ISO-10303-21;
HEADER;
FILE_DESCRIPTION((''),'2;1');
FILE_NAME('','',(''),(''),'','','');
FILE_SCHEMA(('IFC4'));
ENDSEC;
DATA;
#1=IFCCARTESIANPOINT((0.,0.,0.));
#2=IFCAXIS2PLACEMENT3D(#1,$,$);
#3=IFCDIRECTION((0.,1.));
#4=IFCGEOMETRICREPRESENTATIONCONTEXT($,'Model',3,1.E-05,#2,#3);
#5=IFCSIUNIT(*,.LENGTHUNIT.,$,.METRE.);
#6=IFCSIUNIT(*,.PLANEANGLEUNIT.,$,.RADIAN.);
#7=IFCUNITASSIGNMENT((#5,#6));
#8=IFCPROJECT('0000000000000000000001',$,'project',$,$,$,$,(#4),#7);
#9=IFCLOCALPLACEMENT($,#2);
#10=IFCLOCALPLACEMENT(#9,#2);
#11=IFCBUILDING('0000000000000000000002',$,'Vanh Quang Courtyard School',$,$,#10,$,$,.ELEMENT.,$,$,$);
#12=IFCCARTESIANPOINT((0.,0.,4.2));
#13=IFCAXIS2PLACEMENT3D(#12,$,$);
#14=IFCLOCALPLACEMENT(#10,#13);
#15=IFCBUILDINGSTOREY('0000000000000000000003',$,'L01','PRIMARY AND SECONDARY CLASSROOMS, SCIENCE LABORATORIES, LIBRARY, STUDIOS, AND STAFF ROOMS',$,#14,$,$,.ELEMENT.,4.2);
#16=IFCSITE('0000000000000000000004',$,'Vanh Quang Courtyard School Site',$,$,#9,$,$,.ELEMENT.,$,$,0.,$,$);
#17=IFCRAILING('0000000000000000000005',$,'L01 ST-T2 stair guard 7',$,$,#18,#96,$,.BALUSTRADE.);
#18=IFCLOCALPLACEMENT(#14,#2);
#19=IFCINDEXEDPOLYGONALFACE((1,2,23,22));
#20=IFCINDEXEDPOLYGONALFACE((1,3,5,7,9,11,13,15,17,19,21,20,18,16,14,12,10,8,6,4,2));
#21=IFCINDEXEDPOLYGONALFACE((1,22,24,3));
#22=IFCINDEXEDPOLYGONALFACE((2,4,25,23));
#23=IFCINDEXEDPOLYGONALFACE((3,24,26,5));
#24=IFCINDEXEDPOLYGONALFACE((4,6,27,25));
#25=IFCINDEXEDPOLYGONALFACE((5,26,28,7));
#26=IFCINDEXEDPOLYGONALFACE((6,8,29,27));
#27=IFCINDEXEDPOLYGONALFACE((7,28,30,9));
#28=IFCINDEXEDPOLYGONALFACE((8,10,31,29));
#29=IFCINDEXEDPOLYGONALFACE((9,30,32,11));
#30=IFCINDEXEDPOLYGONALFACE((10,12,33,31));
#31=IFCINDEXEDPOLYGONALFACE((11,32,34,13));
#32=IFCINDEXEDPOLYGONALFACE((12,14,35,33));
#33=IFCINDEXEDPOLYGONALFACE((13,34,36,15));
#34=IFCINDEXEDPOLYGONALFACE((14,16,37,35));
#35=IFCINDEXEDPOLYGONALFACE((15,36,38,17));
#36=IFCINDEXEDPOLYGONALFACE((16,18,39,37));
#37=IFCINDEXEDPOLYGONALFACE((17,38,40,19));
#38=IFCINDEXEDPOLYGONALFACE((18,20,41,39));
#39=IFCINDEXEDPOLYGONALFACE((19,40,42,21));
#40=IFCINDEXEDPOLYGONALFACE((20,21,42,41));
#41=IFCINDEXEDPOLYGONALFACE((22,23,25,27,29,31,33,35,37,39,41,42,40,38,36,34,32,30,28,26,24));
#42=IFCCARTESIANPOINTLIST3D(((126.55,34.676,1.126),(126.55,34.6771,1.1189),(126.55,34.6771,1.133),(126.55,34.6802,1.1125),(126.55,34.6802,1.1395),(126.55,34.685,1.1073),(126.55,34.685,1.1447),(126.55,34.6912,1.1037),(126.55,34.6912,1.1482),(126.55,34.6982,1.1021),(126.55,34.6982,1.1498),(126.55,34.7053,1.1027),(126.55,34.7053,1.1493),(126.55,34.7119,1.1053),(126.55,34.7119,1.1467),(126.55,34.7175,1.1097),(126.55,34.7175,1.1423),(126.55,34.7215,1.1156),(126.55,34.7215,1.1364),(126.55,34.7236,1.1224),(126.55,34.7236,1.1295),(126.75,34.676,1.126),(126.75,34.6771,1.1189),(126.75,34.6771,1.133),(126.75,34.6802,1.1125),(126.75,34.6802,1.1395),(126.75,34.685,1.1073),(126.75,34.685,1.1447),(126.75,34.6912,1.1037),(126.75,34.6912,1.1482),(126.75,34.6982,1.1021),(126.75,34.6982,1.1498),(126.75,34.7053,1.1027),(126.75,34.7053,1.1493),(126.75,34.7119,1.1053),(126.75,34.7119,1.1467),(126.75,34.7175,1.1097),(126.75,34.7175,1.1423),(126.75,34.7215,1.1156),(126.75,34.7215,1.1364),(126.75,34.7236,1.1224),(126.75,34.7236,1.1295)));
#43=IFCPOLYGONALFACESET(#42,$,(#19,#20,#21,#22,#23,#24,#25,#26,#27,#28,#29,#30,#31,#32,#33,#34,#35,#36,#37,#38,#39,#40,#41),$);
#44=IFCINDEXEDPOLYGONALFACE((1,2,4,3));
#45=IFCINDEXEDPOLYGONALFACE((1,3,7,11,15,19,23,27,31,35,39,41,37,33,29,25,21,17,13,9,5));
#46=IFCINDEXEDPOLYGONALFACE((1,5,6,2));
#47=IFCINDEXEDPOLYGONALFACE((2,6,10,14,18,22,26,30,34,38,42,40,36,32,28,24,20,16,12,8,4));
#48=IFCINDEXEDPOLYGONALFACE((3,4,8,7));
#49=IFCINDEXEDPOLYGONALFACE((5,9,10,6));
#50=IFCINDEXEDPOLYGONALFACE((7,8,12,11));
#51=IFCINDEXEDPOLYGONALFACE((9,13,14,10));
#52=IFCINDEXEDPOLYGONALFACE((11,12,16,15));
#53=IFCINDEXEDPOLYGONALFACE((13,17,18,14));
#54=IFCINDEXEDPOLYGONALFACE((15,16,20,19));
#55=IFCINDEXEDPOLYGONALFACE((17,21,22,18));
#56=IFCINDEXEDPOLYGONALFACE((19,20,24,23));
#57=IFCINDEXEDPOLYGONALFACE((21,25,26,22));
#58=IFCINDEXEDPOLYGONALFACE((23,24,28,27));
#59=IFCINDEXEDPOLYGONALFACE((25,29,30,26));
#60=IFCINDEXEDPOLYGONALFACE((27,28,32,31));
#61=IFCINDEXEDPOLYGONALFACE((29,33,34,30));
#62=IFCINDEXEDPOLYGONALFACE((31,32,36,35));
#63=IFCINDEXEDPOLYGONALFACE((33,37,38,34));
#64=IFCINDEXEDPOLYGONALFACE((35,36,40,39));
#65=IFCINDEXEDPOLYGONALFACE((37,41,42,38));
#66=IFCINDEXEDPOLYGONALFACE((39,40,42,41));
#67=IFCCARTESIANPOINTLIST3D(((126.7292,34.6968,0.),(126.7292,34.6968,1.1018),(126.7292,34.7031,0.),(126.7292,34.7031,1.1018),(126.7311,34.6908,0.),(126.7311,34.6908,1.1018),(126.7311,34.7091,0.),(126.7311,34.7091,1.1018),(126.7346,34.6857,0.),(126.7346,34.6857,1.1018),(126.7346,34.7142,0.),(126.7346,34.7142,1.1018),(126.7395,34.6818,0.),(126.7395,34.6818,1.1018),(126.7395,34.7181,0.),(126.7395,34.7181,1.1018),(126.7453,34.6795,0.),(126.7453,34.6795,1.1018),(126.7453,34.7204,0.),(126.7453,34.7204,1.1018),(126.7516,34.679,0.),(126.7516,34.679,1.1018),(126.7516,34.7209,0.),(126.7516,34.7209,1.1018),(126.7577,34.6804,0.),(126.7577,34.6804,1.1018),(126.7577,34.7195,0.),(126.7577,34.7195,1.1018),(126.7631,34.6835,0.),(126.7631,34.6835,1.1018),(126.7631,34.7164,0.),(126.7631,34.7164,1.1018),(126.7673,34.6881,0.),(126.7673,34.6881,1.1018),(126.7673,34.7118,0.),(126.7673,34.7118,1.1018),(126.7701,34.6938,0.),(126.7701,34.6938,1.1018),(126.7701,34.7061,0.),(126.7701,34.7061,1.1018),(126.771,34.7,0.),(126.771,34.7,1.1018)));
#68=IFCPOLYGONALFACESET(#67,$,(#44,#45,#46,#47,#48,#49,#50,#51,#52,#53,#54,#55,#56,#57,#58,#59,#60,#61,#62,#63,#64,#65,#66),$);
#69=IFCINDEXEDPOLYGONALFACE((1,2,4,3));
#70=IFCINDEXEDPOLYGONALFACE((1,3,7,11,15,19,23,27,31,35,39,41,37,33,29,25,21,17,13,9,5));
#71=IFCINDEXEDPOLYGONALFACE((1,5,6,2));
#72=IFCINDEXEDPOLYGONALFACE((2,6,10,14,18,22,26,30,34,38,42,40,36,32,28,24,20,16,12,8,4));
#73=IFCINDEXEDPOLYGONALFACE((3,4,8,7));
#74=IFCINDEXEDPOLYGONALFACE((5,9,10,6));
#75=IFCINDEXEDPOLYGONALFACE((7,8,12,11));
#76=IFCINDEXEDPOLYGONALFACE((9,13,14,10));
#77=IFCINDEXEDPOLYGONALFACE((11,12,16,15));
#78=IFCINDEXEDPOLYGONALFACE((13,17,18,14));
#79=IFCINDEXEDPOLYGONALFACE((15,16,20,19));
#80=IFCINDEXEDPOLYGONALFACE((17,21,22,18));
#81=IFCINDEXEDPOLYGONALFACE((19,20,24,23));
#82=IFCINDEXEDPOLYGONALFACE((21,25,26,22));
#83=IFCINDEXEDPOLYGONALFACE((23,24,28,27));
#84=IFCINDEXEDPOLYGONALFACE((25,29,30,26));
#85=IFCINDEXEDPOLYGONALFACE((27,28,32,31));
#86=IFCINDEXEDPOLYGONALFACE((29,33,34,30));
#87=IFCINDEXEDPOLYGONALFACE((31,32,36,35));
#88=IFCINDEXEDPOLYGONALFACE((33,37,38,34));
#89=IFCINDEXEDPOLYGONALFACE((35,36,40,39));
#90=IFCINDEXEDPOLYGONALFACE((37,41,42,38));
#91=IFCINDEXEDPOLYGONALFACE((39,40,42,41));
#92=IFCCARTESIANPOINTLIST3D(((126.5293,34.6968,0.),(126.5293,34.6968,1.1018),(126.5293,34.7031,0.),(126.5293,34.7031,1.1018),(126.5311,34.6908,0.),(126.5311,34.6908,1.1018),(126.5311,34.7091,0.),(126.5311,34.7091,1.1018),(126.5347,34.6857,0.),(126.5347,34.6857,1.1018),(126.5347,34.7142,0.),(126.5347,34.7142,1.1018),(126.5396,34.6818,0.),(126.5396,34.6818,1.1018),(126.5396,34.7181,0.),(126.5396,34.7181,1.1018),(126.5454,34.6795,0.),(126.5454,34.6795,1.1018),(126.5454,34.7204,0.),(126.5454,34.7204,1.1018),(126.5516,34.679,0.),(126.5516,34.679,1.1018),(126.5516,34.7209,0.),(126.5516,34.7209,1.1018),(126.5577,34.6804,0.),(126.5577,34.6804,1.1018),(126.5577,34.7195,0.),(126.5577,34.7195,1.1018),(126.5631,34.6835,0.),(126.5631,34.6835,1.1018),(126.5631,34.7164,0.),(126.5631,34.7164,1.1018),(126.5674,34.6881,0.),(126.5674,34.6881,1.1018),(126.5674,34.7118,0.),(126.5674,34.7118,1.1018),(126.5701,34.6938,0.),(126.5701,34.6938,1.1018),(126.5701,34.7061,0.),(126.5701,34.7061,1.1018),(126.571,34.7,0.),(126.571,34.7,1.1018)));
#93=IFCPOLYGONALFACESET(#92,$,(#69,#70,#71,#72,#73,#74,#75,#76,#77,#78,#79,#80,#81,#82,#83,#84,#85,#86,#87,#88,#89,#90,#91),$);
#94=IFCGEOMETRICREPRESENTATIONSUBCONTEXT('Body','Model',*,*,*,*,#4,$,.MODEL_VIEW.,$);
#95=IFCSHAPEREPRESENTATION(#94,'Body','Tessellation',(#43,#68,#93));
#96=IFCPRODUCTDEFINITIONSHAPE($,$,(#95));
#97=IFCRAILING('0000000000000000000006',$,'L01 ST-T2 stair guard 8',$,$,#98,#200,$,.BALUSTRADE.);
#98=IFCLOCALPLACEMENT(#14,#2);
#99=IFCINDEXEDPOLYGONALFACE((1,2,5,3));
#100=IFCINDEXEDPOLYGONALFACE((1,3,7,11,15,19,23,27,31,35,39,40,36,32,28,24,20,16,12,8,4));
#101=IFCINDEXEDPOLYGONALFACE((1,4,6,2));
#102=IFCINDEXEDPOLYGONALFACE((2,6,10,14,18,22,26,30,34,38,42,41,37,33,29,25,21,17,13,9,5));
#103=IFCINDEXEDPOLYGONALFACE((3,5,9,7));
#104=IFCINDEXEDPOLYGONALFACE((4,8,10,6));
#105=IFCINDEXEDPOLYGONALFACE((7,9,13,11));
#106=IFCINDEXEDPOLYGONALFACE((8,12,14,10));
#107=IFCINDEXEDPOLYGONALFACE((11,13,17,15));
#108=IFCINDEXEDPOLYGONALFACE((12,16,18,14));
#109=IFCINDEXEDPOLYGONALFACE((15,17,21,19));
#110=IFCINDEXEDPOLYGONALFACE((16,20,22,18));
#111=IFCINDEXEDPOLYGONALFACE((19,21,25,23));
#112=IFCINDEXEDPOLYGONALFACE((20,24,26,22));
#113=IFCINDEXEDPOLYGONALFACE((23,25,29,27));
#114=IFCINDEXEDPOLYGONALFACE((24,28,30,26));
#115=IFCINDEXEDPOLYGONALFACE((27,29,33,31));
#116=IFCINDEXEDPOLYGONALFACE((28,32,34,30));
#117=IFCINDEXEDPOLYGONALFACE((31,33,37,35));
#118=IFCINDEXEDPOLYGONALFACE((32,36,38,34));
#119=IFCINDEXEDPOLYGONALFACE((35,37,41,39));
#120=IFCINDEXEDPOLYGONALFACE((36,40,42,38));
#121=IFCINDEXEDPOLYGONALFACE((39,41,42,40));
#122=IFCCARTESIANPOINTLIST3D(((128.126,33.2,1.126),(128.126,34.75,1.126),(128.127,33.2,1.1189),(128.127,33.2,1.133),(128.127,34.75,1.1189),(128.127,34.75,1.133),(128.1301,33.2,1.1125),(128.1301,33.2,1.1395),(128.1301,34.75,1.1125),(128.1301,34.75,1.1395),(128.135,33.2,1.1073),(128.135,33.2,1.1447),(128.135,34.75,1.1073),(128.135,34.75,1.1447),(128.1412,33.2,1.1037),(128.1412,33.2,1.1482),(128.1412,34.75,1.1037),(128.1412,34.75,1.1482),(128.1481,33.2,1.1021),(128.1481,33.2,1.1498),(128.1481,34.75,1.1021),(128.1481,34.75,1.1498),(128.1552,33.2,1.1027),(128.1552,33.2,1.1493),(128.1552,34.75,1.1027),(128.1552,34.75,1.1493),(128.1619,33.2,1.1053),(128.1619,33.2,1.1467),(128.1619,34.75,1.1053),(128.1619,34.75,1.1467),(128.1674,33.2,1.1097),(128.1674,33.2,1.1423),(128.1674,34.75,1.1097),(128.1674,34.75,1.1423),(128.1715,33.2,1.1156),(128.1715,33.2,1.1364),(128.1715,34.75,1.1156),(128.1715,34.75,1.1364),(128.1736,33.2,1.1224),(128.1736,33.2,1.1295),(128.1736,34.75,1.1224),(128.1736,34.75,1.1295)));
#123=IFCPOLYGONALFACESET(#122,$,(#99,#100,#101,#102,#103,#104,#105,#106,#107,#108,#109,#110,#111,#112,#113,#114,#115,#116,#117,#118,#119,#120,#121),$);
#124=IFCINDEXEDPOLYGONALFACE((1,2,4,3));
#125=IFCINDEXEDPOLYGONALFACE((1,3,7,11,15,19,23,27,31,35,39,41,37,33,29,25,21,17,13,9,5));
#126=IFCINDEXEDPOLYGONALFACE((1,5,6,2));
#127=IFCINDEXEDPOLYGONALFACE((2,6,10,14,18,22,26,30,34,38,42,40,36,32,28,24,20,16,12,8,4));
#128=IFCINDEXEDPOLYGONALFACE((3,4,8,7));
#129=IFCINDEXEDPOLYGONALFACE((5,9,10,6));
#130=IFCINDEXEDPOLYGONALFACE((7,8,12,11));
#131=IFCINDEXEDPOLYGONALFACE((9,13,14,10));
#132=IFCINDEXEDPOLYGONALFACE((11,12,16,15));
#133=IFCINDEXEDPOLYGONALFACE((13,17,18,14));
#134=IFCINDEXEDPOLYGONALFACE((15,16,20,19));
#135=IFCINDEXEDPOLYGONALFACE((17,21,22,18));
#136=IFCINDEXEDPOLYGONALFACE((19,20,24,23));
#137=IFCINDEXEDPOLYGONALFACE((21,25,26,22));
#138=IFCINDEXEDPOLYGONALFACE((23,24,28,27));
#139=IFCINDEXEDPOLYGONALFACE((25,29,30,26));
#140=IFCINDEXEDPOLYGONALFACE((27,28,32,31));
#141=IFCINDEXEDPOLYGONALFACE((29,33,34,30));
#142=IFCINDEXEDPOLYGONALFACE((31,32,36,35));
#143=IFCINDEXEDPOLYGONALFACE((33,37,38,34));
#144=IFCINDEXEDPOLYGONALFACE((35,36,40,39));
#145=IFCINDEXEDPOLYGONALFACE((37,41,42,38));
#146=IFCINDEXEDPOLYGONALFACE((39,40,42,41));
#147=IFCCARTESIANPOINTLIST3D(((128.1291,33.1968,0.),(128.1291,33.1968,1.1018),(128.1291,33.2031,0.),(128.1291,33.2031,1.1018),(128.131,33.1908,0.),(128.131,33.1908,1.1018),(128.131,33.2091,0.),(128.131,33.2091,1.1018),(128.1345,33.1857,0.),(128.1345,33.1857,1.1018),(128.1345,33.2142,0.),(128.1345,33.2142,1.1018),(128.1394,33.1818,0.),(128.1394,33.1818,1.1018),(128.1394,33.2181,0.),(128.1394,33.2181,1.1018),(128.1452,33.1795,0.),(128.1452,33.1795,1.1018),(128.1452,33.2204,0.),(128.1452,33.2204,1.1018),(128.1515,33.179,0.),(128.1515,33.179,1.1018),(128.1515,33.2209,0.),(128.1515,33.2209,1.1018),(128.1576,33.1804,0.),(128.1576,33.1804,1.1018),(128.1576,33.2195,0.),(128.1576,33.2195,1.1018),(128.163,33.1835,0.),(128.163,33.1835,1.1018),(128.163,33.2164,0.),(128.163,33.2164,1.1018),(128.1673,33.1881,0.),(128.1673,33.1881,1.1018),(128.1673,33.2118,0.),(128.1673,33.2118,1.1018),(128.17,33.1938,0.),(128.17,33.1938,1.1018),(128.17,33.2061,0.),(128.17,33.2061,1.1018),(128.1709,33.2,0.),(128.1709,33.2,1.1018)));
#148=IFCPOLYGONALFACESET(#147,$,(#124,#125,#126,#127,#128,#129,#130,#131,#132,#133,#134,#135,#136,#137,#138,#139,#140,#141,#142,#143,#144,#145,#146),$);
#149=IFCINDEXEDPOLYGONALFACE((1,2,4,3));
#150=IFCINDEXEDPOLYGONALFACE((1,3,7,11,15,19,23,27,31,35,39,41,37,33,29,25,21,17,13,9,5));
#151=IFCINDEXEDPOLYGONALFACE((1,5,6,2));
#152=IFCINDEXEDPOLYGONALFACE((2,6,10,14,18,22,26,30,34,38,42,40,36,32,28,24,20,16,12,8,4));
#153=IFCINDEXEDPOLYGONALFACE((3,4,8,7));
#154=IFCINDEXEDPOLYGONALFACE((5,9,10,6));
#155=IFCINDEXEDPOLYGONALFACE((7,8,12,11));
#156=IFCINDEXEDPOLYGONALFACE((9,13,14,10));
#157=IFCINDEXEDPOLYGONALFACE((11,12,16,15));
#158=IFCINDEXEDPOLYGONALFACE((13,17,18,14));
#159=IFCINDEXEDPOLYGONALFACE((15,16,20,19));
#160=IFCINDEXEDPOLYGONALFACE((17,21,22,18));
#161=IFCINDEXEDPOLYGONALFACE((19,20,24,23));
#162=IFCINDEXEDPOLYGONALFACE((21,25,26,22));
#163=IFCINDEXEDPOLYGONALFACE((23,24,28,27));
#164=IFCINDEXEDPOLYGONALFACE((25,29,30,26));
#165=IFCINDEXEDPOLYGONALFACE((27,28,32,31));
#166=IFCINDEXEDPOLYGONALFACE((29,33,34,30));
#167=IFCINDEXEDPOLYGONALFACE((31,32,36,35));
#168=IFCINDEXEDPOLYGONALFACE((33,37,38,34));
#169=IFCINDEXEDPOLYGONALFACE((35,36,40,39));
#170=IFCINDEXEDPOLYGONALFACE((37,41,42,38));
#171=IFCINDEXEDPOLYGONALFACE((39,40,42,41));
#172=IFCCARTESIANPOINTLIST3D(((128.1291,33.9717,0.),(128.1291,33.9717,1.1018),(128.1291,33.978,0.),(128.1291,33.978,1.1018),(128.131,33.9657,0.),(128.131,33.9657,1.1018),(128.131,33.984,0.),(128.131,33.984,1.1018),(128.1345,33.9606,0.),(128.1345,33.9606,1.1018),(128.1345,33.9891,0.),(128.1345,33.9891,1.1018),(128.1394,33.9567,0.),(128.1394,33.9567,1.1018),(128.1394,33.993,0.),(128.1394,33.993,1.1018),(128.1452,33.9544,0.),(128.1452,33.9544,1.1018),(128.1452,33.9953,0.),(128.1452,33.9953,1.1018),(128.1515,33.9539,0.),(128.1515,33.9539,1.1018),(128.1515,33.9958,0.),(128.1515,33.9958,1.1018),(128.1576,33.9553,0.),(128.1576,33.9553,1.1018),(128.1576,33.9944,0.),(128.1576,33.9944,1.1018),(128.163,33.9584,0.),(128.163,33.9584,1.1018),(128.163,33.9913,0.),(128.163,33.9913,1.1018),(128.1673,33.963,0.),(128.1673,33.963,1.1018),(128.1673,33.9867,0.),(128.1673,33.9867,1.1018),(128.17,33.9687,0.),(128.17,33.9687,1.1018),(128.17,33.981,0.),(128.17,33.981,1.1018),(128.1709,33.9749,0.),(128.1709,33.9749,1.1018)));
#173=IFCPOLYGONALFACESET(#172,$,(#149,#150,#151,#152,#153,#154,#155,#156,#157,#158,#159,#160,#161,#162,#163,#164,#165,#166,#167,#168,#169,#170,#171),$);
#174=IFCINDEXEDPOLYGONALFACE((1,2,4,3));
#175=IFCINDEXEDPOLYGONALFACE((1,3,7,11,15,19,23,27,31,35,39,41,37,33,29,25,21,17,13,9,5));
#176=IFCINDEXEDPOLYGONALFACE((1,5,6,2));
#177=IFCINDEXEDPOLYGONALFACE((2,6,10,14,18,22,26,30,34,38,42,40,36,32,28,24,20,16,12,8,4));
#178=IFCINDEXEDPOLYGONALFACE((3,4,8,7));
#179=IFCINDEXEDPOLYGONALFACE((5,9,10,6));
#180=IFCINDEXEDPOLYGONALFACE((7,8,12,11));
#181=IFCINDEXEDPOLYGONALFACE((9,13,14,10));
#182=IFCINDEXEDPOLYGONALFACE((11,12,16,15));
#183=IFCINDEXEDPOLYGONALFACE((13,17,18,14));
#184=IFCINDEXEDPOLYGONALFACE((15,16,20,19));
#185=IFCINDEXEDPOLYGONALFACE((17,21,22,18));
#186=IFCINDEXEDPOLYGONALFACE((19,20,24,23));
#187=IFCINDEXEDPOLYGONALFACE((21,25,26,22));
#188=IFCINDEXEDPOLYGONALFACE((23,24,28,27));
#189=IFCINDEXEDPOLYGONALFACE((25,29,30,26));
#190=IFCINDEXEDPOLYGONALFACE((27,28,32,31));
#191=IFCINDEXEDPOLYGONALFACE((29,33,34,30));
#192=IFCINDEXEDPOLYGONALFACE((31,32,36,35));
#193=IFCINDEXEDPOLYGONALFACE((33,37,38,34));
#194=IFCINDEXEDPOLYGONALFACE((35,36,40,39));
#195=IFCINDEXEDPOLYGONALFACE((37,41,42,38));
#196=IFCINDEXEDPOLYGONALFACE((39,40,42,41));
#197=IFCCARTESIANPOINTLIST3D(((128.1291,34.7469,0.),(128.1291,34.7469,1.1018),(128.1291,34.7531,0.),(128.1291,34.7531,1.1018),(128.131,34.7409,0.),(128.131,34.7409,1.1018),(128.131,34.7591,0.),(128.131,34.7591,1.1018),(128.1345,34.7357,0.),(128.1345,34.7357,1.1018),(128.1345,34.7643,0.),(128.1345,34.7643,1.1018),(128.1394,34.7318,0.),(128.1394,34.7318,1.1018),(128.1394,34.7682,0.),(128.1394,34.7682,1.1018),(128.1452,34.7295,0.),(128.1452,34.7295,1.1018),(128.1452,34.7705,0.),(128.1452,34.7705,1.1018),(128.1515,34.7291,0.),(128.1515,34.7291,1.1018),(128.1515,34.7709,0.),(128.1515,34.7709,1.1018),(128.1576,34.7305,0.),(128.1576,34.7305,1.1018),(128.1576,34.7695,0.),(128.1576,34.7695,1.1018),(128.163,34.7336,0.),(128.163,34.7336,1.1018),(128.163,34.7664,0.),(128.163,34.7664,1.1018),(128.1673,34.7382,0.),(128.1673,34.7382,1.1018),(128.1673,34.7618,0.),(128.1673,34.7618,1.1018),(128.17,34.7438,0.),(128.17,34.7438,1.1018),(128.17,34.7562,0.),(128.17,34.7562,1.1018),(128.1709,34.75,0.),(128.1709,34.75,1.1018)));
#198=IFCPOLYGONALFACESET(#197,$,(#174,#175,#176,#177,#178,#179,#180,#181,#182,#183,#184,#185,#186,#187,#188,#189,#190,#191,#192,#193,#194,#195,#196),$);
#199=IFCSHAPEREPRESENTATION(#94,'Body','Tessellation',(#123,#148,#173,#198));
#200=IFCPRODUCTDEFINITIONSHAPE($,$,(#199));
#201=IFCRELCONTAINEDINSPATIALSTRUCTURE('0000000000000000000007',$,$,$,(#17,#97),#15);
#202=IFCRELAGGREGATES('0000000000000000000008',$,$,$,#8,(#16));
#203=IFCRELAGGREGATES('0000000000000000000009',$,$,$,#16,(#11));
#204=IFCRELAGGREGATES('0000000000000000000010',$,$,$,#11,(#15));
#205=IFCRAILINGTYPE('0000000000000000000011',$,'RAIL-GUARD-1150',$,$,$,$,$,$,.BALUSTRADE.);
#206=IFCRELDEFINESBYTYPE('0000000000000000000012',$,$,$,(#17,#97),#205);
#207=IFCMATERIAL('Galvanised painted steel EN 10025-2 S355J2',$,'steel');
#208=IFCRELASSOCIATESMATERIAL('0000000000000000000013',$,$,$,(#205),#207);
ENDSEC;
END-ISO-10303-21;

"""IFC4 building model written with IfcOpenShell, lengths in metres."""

from ifc_helpers import new_model, si_unit, direction, frame, origin, origin_2d, place, context, subcontext, project, spatial, circle, extrude, material, type_object, element, save


model = new_model("IFC4")

# Units and contexts
model_context = context("Model", 3, precision=1e-05, world=origin(), true_north=direction((0.0, 1.0)))
body_context = subcontext(model_context, "Body", "Model", "MODEL_VIEW")
ifc_project = project(units=[si_unit("LENGTHUNIT", "METRE"), si_unit("PLANEANGLEUNIT", "RADIAN")], contexts=[model_context])

# Site, building, storey
site_placement = place(None, origin())
site = spatial("IfcSite", under=ifc_project, at=site_placement, Name="Vanh Quang Courtyard School Site", CompositionType="ELEMENT", RefElevation=0.0)
building_placement = place(site_placement, origin())
building = spatial("IfcBuilding", under=site, at=building_placement, Name="Vanh Quang Courtyard School", CompositionType="ELEMENT")
storey_placement = place(building_placement, frame((0.0, 0.0, 4.2)))
storey = spatial("IfcBuildingStorey", under=building, at=storey_placement, Name="L01", Description="PRIMARY AND SECONDARY CLASSROOMS, SCIENCE LABORATORIES, LIBRARY, STUDIOS, AND STAFF ROOMS", CompositionType="ELEMENT", Elevation=4.2)

# Railings
ifc_material_1 = material(Name="Galvanised painted steel EN 10025-2 S355J2", Category="steel")
railing_type_1 = type_object("IfcRailingType", Name="RAIL-GUARD-1150", PredefinedType="BALUSTRADE", material=ifc_material_1)
railing_1_placement = place(storey_placement, frame((126.75, 34.7, 0.0)))
element("IfcRailing", 1, at=railing_1_placement, inside=storey, type_object=railing_type_1, Name="L01 ST-T2 stair guard 7", PredefinedType="BALUSTRADE", context=body_context, shape_type="SweptSolid", body=[
    extrude(circle(Radius=0.0239, at=origin_2d()), frame((0.0, 0.0, 1.126), z_axis=(-1.0, 0.0, 0.0), x_axis=(0.0, -1.0, 0.0)), (0.0, 0.0, 1.0), 0.2),
    extrude(circle(Radius=0.021, at=origin_2d()), origin(), (0.0, 0.0, 1.0), 1.1018),
    extrude(circle(Radius=0.021, at=origin_2d()), frame((-0.2, 0.0, 0.0)), (0.0, 0.0, 1.0), 1.1018),
])
railing_2_placement = place(storey_placement, frame((128.1499, 33.2, 0.0)))
element("IfcRailing", 2, at=railing_2_placement, inside=storey, type_object=railing_type_1, Name="L01 ST-T2 stair guard 8", PredefinedType="BALUSTRADE", context=body_context, shape_type="SweptSolid", body=[
    extrude(circle(Radius=0.0239, at=origin_2d()), frame((0.0, 0.0, 1.126), z_axis=(0.0, 1.0, 0.0), x_axis=(-1.0, 0.0, 0.0)), (0.0, 0.0, 1.0), 1.55),
    extrude(circle(Radius=0.021, at=origin_2d()), origin(), (0.0, 0.0, 1.0), 1.1018),
    extrude(circle(Radius=0.021, at=origin_2d()), frame((0.0, 0.7749, 0.0)), (0.0, 0.0, 1.0), 1.1018),
    extrude(circle(Radius=0.021, at=origin_2d()), frame((0.0, 1.55, 0.0)), (0.0, 0.0, 1.0), 1.1018),
])

save(model, "model.ifc")
